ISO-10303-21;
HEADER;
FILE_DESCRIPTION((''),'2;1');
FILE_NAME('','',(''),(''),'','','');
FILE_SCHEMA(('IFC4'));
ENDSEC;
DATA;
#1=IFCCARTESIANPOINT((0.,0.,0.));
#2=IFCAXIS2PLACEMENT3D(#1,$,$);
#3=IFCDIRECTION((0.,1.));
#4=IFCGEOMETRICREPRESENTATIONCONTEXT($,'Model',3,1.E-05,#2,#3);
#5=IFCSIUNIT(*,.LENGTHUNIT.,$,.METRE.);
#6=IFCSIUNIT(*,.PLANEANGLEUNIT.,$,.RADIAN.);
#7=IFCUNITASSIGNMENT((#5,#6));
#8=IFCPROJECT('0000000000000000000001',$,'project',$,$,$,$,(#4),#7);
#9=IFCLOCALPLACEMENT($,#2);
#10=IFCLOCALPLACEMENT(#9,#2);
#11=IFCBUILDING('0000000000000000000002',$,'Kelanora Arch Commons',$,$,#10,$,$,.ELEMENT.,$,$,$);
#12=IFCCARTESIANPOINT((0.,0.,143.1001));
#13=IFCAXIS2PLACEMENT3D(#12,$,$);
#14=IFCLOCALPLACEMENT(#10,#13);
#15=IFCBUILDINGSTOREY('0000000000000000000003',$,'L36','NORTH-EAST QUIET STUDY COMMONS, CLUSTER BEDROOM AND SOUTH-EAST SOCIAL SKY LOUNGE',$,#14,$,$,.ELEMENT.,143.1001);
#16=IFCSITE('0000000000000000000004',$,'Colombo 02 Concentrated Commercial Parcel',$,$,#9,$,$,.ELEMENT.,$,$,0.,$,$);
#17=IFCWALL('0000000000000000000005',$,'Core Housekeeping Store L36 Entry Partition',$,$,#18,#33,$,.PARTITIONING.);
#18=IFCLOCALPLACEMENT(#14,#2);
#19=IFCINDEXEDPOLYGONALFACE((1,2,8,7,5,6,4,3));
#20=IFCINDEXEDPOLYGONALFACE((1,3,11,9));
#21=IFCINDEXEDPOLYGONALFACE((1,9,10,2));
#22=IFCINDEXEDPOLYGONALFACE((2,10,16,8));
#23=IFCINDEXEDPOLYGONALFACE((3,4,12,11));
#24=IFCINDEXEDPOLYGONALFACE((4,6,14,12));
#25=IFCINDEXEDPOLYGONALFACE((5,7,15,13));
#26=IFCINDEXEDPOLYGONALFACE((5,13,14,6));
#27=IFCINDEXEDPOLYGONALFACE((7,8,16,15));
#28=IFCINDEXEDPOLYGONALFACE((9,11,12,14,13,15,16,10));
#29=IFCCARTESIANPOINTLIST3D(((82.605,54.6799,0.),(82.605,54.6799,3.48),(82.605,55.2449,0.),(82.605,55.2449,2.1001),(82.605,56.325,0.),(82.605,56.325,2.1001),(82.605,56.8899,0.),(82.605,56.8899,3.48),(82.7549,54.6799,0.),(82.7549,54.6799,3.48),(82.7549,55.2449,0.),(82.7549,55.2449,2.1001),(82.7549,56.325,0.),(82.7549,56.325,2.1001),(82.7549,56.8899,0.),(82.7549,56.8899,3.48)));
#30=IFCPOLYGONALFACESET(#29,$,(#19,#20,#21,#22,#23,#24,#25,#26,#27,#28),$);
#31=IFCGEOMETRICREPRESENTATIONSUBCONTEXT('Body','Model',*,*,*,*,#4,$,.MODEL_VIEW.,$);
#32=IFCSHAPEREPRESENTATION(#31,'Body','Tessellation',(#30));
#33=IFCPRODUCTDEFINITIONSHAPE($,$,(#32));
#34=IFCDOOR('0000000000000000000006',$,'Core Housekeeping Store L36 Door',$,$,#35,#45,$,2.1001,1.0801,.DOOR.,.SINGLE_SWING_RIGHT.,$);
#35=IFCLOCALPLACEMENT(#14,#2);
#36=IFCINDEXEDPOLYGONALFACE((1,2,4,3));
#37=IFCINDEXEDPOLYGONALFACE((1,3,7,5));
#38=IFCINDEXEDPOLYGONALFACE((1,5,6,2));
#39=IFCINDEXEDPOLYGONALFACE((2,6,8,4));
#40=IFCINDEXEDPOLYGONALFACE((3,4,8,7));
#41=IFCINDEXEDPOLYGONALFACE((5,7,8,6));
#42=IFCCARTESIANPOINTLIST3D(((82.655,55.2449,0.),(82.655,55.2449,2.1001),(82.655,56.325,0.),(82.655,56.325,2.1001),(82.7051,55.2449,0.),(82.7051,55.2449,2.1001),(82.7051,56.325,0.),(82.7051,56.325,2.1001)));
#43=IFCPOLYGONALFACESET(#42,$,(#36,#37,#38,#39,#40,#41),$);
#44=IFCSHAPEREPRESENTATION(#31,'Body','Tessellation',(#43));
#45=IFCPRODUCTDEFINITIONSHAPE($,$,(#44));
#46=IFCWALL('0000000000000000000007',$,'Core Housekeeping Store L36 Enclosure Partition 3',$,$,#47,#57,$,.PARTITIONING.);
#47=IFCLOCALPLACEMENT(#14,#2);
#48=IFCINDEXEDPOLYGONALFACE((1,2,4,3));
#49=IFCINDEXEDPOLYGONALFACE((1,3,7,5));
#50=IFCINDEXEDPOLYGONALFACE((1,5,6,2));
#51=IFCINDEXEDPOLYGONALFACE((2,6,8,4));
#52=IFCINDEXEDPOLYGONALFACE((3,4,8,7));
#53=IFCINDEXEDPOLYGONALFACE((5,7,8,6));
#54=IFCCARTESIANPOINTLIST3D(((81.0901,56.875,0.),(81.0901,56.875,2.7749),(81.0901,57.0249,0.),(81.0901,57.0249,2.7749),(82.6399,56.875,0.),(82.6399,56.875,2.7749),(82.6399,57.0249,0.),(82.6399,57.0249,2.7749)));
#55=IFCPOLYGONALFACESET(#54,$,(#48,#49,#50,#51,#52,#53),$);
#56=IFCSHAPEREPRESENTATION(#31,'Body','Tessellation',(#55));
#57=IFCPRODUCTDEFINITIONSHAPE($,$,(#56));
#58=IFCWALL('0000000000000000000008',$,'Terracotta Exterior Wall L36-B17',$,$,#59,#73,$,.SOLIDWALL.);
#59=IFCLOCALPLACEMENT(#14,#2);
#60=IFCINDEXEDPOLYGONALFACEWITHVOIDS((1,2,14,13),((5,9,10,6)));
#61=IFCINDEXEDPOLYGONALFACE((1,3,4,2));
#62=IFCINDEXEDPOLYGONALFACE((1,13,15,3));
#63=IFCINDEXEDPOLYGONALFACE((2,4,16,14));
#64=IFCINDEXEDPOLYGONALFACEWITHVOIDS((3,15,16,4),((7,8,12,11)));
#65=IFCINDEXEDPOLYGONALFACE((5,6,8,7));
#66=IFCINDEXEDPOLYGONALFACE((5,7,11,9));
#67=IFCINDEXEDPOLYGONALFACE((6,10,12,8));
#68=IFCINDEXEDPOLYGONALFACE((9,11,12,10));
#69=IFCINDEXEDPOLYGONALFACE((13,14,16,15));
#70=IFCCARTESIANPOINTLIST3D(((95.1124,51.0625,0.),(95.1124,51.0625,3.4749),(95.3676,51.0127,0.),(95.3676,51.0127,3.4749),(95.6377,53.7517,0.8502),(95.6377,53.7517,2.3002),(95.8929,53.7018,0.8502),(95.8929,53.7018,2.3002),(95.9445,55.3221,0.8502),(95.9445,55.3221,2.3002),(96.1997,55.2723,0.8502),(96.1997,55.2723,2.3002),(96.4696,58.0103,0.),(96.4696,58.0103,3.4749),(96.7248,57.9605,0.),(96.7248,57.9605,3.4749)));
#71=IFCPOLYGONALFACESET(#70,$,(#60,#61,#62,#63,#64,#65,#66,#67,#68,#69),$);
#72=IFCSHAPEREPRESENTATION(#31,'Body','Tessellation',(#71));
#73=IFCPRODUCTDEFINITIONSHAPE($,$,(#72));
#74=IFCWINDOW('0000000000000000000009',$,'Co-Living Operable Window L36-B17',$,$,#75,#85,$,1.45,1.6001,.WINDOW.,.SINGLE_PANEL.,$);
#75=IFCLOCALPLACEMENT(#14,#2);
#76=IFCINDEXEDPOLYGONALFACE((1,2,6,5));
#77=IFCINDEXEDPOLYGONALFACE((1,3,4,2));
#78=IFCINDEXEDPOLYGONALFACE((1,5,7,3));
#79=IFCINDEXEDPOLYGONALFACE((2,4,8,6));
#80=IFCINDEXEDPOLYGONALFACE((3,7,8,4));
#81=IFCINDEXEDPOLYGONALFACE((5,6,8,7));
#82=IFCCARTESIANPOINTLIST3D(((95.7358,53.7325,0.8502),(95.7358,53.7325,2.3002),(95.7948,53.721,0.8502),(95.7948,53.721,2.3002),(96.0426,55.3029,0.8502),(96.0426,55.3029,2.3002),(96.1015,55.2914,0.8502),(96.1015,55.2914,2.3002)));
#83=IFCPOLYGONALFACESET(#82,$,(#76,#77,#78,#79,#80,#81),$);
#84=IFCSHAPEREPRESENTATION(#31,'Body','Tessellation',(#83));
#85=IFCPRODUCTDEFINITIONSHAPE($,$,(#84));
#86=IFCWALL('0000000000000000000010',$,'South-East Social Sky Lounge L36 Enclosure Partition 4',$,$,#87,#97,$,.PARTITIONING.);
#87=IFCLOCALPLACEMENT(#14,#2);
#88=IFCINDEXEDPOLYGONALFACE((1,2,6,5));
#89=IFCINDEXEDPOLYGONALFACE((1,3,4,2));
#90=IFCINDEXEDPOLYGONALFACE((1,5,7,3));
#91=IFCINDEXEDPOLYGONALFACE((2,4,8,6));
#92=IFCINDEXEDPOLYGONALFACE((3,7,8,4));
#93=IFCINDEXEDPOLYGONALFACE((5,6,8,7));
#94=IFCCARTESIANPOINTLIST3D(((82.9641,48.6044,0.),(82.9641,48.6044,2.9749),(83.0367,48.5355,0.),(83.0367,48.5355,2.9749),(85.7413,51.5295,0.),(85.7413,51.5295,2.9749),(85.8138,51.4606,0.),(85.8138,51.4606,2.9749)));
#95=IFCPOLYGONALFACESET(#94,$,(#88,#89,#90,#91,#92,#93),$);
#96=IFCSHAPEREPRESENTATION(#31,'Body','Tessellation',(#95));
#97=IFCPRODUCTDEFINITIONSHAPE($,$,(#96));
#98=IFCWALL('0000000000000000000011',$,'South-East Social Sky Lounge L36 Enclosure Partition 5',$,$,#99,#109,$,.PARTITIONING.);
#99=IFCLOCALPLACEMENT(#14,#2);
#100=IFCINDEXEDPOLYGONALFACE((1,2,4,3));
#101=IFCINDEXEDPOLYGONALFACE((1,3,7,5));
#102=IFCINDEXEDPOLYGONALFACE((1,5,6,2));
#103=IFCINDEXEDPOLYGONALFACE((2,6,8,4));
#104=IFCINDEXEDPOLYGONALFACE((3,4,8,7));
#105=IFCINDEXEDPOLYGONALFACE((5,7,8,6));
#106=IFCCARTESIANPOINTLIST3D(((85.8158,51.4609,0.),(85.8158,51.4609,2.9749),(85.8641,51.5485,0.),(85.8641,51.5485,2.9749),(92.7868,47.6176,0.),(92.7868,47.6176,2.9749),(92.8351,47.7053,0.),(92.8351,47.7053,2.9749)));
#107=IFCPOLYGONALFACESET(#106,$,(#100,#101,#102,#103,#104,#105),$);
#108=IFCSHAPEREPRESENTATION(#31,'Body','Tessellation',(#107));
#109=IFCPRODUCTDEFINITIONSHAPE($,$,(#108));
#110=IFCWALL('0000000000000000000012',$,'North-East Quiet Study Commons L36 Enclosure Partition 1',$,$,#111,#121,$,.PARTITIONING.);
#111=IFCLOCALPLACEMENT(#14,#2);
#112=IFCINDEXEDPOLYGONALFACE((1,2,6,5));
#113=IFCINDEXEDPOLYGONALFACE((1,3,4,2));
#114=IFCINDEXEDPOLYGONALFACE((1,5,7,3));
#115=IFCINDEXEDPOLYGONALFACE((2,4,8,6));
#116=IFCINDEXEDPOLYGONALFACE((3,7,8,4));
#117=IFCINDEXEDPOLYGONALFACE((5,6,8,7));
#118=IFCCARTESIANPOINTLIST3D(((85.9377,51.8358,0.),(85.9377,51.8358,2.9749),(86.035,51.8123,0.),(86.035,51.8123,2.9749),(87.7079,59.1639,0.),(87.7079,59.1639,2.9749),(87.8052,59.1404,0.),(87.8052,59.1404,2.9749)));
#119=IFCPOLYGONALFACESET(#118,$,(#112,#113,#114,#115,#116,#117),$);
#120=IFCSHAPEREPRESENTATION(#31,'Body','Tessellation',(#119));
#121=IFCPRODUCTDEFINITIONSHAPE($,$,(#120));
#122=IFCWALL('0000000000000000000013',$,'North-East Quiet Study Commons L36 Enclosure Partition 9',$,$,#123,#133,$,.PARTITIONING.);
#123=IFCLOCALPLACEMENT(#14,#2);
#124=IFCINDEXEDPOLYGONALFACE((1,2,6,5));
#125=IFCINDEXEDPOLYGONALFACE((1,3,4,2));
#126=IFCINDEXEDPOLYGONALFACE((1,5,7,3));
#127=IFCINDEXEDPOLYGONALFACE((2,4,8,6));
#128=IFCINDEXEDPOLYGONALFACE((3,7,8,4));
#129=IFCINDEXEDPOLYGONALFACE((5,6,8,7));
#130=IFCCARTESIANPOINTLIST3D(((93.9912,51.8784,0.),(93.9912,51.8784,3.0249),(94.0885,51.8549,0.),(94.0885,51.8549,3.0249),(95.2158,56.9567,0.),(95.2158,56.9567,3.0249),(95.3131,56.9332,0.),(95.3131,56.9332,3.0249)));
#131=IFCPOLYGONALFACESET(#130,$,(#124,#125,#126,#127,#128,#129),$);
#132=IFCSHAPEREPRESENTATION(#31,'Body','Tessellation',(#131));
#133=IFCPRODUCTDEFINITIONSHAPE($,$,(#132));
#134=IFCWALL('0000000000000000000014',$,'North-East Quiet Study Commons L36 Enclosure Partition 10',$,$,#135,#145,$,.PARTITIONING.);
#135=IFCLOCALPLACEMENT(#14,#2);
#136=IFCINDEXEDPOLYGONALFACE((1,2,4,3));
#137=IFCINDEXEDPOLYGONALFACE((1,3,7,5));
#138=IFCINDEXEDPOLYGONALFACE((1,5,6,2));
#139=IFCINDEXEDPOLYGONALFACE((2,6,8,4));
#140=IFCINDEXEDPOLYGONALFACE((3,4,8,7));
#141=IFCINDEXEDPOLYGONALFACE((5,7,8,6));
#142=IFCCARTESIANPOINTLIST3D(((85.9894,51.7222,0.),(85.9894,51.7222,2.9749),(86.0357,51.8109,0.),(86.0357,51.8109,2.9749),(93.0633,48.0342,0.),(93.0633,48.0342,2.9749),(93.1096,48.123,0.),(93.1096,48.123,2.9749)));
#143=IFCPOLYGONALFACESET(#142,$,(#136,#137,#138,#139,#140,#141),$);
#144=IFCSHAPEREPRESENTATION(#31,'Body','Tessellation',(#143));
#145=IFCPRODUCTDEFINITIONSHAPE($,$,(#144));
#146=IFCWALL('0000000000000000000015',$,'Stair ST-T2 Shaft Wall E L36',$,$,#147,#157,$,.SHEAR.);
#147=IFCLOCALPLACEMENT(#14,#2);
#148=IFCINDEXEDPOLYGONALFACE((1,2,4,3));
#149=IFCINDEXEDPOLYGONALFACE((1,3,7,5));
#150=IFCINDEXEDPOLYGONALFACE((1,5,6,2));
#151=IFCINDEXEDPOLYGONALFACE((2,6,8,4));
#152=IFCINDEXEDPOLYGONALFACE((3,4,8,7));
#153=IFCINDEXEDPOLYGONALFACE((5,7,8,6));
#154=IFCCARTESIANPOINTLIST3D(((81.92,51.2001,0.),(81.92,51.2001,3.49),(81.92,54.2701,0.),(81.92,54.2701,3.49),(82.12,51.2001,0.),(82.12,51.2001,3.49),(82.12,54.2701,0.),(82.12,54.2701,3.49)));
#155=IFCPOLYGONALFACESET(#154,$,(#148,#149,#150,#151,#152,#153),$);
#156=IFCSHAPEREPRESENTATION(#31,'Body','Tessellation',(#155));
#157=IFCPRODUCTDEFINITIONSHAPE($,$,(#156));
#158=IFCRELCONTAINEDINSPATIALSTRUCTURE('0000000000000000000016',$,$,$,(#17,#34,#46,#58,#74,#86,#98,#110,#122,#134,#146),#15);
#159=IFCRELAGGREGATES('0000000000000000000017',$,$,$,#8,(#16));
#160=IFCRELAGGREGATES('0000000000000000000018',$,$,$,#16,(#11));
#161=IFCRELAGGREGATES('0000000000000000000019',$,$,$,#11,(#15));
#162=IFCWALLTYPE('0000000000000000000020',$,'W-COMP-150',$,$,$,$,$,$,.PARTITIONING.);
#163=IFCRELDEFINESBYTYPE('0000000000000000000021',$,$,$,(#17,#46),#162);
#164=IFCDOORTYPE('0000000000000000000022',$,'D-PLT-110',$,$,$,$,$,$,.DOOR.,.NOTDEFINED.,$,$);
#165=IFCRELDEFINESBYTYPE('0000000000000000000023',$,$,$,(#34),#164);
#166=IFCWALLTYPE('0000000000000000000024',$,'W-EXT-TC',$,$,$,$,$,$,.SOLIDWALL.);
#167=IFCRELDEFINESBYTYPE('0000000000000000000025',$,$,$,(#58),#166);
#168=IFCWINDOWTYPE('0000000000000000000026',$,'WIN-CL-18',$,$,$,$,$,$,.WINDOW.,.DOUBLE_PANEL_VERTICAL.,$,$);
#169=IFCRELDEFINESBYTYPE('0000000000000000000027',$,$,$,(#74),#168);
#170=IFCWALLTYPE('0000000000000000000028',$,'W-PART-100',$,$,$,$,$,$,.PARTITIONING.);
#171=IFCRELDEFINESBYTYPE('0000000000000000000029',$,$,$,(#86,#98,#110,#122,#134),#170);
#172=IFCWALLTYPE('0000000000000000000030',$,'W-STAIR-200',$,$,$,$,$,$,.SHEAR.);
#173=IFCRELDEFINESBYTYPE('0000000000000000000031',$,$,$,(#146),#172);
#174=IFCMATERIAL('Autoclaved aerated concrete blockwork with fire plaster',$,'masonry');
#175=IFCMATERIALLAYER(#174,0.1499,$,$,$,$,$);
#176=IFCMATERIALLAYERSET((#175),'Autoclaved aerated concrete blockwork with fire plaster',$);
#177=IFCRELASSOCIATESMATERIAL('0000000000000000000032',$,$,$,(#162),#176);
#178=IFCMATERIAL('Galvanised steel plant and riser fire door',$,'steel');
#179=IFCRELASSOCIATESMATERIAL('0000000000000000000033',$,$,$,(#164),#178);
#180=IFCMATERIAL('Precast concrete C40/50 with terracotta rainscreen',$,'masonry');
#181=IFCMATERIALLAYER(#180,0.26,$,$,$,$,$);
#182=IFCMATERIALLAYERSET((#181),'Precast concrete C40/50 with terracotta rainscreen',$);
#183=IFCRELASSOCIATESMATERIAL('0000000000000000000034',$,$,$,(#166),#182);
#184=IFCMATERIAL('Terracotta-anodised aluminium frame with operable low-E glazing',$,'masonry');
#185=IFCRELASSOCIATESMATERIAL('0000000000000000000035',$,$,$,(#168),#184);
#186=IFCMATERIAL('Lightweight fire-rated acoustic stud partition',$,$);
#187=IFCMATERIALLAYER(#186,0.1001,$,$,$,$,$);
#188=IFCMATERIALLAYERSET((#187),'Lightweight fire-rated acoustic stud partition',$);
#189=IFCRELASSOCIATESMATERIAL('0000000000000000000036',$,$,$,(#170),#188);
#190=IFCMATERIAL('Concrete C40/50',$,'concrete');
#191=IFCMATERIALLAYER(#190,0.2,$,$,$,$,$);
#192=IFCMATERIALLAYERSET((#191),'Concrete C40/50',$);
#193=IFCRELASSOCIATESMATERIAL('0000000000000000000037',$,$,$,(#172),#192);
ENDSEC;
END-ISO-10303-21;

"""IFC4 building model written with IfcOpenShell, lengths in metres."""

from ifc_helpers import new_model, si_unit, direction, frame, frame_2d, origin, place, context, subcontext, project, spatial, rectangle, extrude, material, layer, layer_set, type_object, element, fill, save


model = new_model("IFC4")

# Units and contexts
model_context = context("Model", 3, precision=1e-05, world=origin(), true_north=direction((0.0, 1.0)))
body_context = subcontext(model_context, "Body", "Model", "MODEL_VIEW")
ifc_project = project(units=[si_unit("LENGTHUNIT", "METRE"), si_unit("PLANEANGLEUNIT", "RADIAN")], contexts=[model_context])

# Site, building, storey
site_placement = place(None, origin())
site = spatial("IfcSite", under=ifc_project, at=site_placement, Name="Colombo 02 Concentrated Commercial Parcel", CompositionType="ELEMENT", RefElevation=0.0)
building_placement = place(site_placement, origin())
building = spatial("IfcBuilding", under=site, at=building_placement, Name="Kelanora Arch Commons", CompositionType="ELEMENT")
storey_placement = place(building_placement, frame((0.0, 0.0, 143.1001)))
storey = spatial("IfcBuildingStorey", under=building, at=storey_placement, Name="L36", Description="NORTH-EAST QUIET STUDY COMMONS, CLUSTER BEDROOM AND SOUTH-EAST SOCIAL SKY LOUNGE", CompositionType="ELEMENT", Elevation=143.1001)

# Wall, opening, door
ifc_material_1 = material(Name="Autoclaved aerated concrete blockwork with fire plaster", Category="masonry")
ifc_layer_1 = layer(ifc_material_1, 0.1499)
ifc_layer_set_1 = layer_set([ifc_layer_1], Name="Autoclaved aerated concrete blockwork with fire plaster")
wall_type_1 = type_object("IfcWallType", Name="W-COMP-150", PredefinedType="PARTITIONING", material=ifc_layer_set_1)
wall_1_placement = place(storey_placement, frame((82.6799, 54.6799, 0.0), z_axis=(0.0, 0.0, 1.0), x_axis=(0.0, 1.0, 0.0)))
wall_1 = element("IfcWall", 1, at=wall_1_placement, inside=storey, type_object=wall_type_1, Name="Core Housekeeping Store L36 Entry Partition", PredefinedType="PARTITIONING", context=body_context, shape_type="SweptSolid", body=[
    extrude(rectangle(XDim=2.21, YDim=0.1499, at=frame_2d((1.105, 0.0))), origin(), (0.0, 0.0, 1.0), 3.48),
])
opening_1_placement = place(wall_1_placement, frame((0.5649, 0.0, 0.0)))
opening_1 = element("IfcOpeningElement", 2, at=opening_1_placement, cuts=wall_1, PredefinedType="OPENING", context=body_context, shape_type="SweptSolid", body=[
    extrude(rectangle(XDim=1.0801, YDim=2.1001, at=frame_2d((0.54, 1.05))), frame((0.0, 0.085, 0.0), z_axis=(0.0, -1.0, 0.0), x_axis=(1.0, 0.0, 0.0)), (0.0, 0.0, 1.0), 0.1699),
])
ifc_material_2 = material(Name="Galvanised steel plant and riser fire door", Category="steel")
door_type = type_object("IfcDoorType", Name="D-PLT-110", OperationType="NOTDEFINED", PredefinedType="DOOR", material=ifc_material_2)
door_placement = place(opening_1_placement, origin())
door = element("IfcDoor", 3, at=door_placement, inside=storey, type_object=door_type, Name="Core Housekeeping Store L36 Door", OperationType="SINGLE_SWING_RIGHT", OverallHeight=2.1001, OverallWidth=1.0801, PredefinedType="DOOR", context=body_context, shape_type="SweptSolid", body=[
    extrude(rectangle(XDim=1.0801, YDim=2.1001, at=frame_2d((0.54, 1.05))), frame((0.0, 0.0249, 0.0), z_axis=(0.0, -1.0, 0.0), x_axis=(1.0, 0.0, 0.0)), (0.0, 0.0, 1.0), 0.05),
])
fill(opening_1, door)

# Wall
wall_2_placement = place(storey_placement, frame((82.6399, 56.95, 0.0), z_axis=(0.0, 0.0, 1.0), x_axis=(-1.0, 0.0, 0.0)))
element("IfcWall", 4, at=wall_2_placement, inside=storey, type_object=wall_type_1, Name="Core Housekeeping Store L36 Enclosure Partition 3", PredefinedType="PARTITIONING", context=body_context, shape_type="SweptSolid", body=[
    extrude(rectangle(XDim=1.5498, YDim=0.1499, at=frame_2d((0.7749, 0.0))), origin(), (0.0, 0.0, 1.0), 2.7749),
])

# Wall, opening, window
ifc_material_3 = material(Name="Precast concrete C40/50 with terracotta rainscreen", Category="masonry")
ifc_layer_2 = layer(ifc_material_3, 0.26)
ifc_layer_set_2 = layer_set([ifc_layer_2], Name="Precast concrete C40/50 with terracotta rainscreen")
wall_type_2 = type_object("IfcWallType", Name="W-EXT-TC", PredefinedType="SOLIDWALL", material=ifc_layer_set_2)
wall_3_placement = place(storey_placement, frame((95.24, 51.0376, 0.0), z_axis=(0.0, 0.0, 1.0), x_axis=(0.191717, 0.98145, 0.0)))
wall_3 = element("IfcWall", 5, at=wall_3_placement, inside=storey, type_object=wall_type_2, Name="Terracotta Exterior Wall L36-B17", PredefinedType="SOLIDWALL", context=body_context, shape_type="SweptSolid", body=[
    extrude(rectangle(XDim=7.0791, YDim=0.26, at=frame_2d((3.5396, 0.0))), origin(), (0.0, 0.0, 1.0), 3.4749),
])
opening_2_placement = place(wall_3_placement, frame((2.74, 0.0, 0.8501)))
opening_2 = element("IfcOpeningElement", 6, at=opening_2_placement, cuts=wall_3, PredefinedType="OPENING", context=body_context, shape_type="SweptSolid", body=[
    extrude(rectangle(XDim=1.6001, YDim=1.45, at=frame_2d((0.8, 0.7251))), frame((0.0, 0.1401, 0.0), z_axis=(0.0, -1.0, 0.0), x_axis=(1.0, 0.0, 0.0)), (0.0, 0.0, 1.0), 0.28),
])
ifc_material_4 = material(Name="Terracotta-anodised aluminium frame with operable low-E glazing", Category="masonry")
window_type = type_object("IfcWindowType", Name="WIN-CL-18", PartitioningType="DOUBLE_PANEL_VERTICAL", PredefinedType="WINDOW", material=ifc_material_4)
window_placement = place(opening_2_placement, origin())
window = element("IfcWindow", 7, at=window_placement, inside=storey, type_object=window_type, Name="Co-Living Operable Window L36-B17", OverallHeight=1.45, OverallWidth=1.6001, PartitioningType="SINGLE_PANEL", PredefinedType="WINDOW", context=body_context, shape_type="SweptSolid", body=[
    extrude(rectangle(XDim=1.6001, YDim=1.45, at=frame_2d((0.8, 0.7251))), frame((0.0, 0.03, 0.0), z_axis=(0.0, -1.0, 0.0), x_axis=(1.0, 0.0, 0.0)), (0.0, 0.0, 1.0), 0.0601),
])
fill(opening_2, window)

# Walls
ifc_material_5 = material(Name="Lightweight fire-rated acoustic stud partition")
ifc_layer_3 = layer(ifc_material_5, 0.1001)
ifc_layer_set_3 = layer_set([ifc_layer_3], Name="Lightweight fire-rated acoustic stud partition")
wall_type_3 = type_object("IfcWallType", Name="W-PART-100", PredefinedType="PARTITIONING", material=ifc_layer_set_3)
wall_4_placement = place(storey_placement, frame((83.0005, 48.5701, 0.0), z_axis=(0.0, 0.0, 1.0), x_axis=(0.688528, 0.725209, 0.0)))
element("IfcWall", 8, at=wall_4_placement, inside=storey, type_object=wall_type_3, Name="South-East Social Sky Lounge L36 Enclosure Partition 4", PredefinedType="PARTITIONING", context=body_context, shape_type="SweptSolid", body=[
    extrude(rectangle(XDim=4.0334, YDim=0.1001, at=frame_2d((2.0166, 0.0))), origin(), (0.0, 0.0, 1.0), 2.9749),
])
wall_5_placement = place(storey_placement, frame((85.8401, 51.5046, 0.0), z_axis=(0.0, 0.0, 1.0), x_axis=(0.875725, -0.48281, 0.0)))
element("IfcWall", 9, at=wall_5_placement, inside=storey, type_object=wall_type_3, Name="South-East Social Sky Lounge L36 Enclosure Partition 5", PredefinedType="PARTITIONING", context=body_context, shape_type="SweptSolid", body=[
    extrude(rectangle(XDim=7.9602, YDim=0.1001, at=frame_2d((3.98, 0.0))), origin(), (0.0, 0.0, 1.0), 2.9749),
])
wall_6_placement = place(storey_placement, frame((85.9863, 51.824, 0.0), z_axis=(0.0, 0.0, 1.0), x_axis=(0.234817, 0.97204, 0.0)))
element("IfcWall", 10, at=wall_6_placement, inside=storey, type_object=wall_type_3, Name="North-East Quiet Study Commons L36 Enclosure Partition 1", PredefinedType="PARTITIONING", context=body_context, shape_type="SweptSolid", body=[
    extrude(rectangle(XDim=7.5388, YDim=0.1001, at=frame_2d((3.7695, 0.0))), origin(), (0.0, 0.0, 1.0), 2.9749),
])
wall_7_placement = place(storey_placement, frame((95.2644, 56.9448, 0.0), z_axis=(0.0, 0.0, 1.0), x_axis=(-0.234423, -0.972135, 0.0)))
element("IfcWall", 11, at=wall_7_placement, inside=storey, type_object=wall_type_3, Name="North-East Quiet Study Commons L36 Enclosure Partition 9", PredefinedType="PARTITIONING", context=body_context, shape_type="SweptSolid", body=[
    extrude(rectangle(XDim=5.2239, YDim=0.1001, at=frame_2d((2.6118, 0.0))), origin(), (0.0, 0.0, 1.0), 3.0249),
])
wall_8_placement = place(storey_placement, frame((93.0864, 48.0786, 0.0), z_axis=(0.0, 0.0, 1.0), x_axis=(-0.886728, 0.462292, 0.0)))
element("IfcWall", 12, at=wall_8_placement, inside=storey, type_object=wall_type_3, Name="North-East Quiet Study Commons L36 Enclosure Partition 10", PredefinedType="PARTITIONING", context=body_context, shape_type="SweptSolid", body=[
    extrude(rectangle(XDim=7.9775, YDim=0.1001, at=frame_2d((3.9888, 0.0))), origin(), (0.0, 0.0, 1.0), 2.9749),
])
ifc_material_6 = material(Name="Concrete C40/50", Category="concrete")
ifc_layer_4 = layer(ifc_material_6, 0.2)
ifc_layer_set_4 = layer_set([ifc_layer_4], Name="Concrete C40/50")
wall_type_4 = type_object("IfcWallType", Name="W-STAIR-200", PredefinedType="SHEAR", material=ifc_layer_set_4)
wall_9_placement = place(storey_placement, frame((82.02, 51.2, 0.0), z_axis=(0.0, 0.0, 1.0), x_axis=(0.0, 1.0, 0.0)))
element("IfcWall", 13, at=wall_9_placement, inside=storey, type_object=wall_type_4, Name="Stair ST-T2 Shaft Wall E L36", PredefinedType="SHEAR", context=body_context, shape_type="SweptSolid", body=[
    extrude(rectangle(XDim=3.0701, YDim=0.2, at=frame_2d((1.5352, 0.0))), origin(), (0.0, 0.0, 1.0), 3.49),
])

save(model, "model.ifc")
